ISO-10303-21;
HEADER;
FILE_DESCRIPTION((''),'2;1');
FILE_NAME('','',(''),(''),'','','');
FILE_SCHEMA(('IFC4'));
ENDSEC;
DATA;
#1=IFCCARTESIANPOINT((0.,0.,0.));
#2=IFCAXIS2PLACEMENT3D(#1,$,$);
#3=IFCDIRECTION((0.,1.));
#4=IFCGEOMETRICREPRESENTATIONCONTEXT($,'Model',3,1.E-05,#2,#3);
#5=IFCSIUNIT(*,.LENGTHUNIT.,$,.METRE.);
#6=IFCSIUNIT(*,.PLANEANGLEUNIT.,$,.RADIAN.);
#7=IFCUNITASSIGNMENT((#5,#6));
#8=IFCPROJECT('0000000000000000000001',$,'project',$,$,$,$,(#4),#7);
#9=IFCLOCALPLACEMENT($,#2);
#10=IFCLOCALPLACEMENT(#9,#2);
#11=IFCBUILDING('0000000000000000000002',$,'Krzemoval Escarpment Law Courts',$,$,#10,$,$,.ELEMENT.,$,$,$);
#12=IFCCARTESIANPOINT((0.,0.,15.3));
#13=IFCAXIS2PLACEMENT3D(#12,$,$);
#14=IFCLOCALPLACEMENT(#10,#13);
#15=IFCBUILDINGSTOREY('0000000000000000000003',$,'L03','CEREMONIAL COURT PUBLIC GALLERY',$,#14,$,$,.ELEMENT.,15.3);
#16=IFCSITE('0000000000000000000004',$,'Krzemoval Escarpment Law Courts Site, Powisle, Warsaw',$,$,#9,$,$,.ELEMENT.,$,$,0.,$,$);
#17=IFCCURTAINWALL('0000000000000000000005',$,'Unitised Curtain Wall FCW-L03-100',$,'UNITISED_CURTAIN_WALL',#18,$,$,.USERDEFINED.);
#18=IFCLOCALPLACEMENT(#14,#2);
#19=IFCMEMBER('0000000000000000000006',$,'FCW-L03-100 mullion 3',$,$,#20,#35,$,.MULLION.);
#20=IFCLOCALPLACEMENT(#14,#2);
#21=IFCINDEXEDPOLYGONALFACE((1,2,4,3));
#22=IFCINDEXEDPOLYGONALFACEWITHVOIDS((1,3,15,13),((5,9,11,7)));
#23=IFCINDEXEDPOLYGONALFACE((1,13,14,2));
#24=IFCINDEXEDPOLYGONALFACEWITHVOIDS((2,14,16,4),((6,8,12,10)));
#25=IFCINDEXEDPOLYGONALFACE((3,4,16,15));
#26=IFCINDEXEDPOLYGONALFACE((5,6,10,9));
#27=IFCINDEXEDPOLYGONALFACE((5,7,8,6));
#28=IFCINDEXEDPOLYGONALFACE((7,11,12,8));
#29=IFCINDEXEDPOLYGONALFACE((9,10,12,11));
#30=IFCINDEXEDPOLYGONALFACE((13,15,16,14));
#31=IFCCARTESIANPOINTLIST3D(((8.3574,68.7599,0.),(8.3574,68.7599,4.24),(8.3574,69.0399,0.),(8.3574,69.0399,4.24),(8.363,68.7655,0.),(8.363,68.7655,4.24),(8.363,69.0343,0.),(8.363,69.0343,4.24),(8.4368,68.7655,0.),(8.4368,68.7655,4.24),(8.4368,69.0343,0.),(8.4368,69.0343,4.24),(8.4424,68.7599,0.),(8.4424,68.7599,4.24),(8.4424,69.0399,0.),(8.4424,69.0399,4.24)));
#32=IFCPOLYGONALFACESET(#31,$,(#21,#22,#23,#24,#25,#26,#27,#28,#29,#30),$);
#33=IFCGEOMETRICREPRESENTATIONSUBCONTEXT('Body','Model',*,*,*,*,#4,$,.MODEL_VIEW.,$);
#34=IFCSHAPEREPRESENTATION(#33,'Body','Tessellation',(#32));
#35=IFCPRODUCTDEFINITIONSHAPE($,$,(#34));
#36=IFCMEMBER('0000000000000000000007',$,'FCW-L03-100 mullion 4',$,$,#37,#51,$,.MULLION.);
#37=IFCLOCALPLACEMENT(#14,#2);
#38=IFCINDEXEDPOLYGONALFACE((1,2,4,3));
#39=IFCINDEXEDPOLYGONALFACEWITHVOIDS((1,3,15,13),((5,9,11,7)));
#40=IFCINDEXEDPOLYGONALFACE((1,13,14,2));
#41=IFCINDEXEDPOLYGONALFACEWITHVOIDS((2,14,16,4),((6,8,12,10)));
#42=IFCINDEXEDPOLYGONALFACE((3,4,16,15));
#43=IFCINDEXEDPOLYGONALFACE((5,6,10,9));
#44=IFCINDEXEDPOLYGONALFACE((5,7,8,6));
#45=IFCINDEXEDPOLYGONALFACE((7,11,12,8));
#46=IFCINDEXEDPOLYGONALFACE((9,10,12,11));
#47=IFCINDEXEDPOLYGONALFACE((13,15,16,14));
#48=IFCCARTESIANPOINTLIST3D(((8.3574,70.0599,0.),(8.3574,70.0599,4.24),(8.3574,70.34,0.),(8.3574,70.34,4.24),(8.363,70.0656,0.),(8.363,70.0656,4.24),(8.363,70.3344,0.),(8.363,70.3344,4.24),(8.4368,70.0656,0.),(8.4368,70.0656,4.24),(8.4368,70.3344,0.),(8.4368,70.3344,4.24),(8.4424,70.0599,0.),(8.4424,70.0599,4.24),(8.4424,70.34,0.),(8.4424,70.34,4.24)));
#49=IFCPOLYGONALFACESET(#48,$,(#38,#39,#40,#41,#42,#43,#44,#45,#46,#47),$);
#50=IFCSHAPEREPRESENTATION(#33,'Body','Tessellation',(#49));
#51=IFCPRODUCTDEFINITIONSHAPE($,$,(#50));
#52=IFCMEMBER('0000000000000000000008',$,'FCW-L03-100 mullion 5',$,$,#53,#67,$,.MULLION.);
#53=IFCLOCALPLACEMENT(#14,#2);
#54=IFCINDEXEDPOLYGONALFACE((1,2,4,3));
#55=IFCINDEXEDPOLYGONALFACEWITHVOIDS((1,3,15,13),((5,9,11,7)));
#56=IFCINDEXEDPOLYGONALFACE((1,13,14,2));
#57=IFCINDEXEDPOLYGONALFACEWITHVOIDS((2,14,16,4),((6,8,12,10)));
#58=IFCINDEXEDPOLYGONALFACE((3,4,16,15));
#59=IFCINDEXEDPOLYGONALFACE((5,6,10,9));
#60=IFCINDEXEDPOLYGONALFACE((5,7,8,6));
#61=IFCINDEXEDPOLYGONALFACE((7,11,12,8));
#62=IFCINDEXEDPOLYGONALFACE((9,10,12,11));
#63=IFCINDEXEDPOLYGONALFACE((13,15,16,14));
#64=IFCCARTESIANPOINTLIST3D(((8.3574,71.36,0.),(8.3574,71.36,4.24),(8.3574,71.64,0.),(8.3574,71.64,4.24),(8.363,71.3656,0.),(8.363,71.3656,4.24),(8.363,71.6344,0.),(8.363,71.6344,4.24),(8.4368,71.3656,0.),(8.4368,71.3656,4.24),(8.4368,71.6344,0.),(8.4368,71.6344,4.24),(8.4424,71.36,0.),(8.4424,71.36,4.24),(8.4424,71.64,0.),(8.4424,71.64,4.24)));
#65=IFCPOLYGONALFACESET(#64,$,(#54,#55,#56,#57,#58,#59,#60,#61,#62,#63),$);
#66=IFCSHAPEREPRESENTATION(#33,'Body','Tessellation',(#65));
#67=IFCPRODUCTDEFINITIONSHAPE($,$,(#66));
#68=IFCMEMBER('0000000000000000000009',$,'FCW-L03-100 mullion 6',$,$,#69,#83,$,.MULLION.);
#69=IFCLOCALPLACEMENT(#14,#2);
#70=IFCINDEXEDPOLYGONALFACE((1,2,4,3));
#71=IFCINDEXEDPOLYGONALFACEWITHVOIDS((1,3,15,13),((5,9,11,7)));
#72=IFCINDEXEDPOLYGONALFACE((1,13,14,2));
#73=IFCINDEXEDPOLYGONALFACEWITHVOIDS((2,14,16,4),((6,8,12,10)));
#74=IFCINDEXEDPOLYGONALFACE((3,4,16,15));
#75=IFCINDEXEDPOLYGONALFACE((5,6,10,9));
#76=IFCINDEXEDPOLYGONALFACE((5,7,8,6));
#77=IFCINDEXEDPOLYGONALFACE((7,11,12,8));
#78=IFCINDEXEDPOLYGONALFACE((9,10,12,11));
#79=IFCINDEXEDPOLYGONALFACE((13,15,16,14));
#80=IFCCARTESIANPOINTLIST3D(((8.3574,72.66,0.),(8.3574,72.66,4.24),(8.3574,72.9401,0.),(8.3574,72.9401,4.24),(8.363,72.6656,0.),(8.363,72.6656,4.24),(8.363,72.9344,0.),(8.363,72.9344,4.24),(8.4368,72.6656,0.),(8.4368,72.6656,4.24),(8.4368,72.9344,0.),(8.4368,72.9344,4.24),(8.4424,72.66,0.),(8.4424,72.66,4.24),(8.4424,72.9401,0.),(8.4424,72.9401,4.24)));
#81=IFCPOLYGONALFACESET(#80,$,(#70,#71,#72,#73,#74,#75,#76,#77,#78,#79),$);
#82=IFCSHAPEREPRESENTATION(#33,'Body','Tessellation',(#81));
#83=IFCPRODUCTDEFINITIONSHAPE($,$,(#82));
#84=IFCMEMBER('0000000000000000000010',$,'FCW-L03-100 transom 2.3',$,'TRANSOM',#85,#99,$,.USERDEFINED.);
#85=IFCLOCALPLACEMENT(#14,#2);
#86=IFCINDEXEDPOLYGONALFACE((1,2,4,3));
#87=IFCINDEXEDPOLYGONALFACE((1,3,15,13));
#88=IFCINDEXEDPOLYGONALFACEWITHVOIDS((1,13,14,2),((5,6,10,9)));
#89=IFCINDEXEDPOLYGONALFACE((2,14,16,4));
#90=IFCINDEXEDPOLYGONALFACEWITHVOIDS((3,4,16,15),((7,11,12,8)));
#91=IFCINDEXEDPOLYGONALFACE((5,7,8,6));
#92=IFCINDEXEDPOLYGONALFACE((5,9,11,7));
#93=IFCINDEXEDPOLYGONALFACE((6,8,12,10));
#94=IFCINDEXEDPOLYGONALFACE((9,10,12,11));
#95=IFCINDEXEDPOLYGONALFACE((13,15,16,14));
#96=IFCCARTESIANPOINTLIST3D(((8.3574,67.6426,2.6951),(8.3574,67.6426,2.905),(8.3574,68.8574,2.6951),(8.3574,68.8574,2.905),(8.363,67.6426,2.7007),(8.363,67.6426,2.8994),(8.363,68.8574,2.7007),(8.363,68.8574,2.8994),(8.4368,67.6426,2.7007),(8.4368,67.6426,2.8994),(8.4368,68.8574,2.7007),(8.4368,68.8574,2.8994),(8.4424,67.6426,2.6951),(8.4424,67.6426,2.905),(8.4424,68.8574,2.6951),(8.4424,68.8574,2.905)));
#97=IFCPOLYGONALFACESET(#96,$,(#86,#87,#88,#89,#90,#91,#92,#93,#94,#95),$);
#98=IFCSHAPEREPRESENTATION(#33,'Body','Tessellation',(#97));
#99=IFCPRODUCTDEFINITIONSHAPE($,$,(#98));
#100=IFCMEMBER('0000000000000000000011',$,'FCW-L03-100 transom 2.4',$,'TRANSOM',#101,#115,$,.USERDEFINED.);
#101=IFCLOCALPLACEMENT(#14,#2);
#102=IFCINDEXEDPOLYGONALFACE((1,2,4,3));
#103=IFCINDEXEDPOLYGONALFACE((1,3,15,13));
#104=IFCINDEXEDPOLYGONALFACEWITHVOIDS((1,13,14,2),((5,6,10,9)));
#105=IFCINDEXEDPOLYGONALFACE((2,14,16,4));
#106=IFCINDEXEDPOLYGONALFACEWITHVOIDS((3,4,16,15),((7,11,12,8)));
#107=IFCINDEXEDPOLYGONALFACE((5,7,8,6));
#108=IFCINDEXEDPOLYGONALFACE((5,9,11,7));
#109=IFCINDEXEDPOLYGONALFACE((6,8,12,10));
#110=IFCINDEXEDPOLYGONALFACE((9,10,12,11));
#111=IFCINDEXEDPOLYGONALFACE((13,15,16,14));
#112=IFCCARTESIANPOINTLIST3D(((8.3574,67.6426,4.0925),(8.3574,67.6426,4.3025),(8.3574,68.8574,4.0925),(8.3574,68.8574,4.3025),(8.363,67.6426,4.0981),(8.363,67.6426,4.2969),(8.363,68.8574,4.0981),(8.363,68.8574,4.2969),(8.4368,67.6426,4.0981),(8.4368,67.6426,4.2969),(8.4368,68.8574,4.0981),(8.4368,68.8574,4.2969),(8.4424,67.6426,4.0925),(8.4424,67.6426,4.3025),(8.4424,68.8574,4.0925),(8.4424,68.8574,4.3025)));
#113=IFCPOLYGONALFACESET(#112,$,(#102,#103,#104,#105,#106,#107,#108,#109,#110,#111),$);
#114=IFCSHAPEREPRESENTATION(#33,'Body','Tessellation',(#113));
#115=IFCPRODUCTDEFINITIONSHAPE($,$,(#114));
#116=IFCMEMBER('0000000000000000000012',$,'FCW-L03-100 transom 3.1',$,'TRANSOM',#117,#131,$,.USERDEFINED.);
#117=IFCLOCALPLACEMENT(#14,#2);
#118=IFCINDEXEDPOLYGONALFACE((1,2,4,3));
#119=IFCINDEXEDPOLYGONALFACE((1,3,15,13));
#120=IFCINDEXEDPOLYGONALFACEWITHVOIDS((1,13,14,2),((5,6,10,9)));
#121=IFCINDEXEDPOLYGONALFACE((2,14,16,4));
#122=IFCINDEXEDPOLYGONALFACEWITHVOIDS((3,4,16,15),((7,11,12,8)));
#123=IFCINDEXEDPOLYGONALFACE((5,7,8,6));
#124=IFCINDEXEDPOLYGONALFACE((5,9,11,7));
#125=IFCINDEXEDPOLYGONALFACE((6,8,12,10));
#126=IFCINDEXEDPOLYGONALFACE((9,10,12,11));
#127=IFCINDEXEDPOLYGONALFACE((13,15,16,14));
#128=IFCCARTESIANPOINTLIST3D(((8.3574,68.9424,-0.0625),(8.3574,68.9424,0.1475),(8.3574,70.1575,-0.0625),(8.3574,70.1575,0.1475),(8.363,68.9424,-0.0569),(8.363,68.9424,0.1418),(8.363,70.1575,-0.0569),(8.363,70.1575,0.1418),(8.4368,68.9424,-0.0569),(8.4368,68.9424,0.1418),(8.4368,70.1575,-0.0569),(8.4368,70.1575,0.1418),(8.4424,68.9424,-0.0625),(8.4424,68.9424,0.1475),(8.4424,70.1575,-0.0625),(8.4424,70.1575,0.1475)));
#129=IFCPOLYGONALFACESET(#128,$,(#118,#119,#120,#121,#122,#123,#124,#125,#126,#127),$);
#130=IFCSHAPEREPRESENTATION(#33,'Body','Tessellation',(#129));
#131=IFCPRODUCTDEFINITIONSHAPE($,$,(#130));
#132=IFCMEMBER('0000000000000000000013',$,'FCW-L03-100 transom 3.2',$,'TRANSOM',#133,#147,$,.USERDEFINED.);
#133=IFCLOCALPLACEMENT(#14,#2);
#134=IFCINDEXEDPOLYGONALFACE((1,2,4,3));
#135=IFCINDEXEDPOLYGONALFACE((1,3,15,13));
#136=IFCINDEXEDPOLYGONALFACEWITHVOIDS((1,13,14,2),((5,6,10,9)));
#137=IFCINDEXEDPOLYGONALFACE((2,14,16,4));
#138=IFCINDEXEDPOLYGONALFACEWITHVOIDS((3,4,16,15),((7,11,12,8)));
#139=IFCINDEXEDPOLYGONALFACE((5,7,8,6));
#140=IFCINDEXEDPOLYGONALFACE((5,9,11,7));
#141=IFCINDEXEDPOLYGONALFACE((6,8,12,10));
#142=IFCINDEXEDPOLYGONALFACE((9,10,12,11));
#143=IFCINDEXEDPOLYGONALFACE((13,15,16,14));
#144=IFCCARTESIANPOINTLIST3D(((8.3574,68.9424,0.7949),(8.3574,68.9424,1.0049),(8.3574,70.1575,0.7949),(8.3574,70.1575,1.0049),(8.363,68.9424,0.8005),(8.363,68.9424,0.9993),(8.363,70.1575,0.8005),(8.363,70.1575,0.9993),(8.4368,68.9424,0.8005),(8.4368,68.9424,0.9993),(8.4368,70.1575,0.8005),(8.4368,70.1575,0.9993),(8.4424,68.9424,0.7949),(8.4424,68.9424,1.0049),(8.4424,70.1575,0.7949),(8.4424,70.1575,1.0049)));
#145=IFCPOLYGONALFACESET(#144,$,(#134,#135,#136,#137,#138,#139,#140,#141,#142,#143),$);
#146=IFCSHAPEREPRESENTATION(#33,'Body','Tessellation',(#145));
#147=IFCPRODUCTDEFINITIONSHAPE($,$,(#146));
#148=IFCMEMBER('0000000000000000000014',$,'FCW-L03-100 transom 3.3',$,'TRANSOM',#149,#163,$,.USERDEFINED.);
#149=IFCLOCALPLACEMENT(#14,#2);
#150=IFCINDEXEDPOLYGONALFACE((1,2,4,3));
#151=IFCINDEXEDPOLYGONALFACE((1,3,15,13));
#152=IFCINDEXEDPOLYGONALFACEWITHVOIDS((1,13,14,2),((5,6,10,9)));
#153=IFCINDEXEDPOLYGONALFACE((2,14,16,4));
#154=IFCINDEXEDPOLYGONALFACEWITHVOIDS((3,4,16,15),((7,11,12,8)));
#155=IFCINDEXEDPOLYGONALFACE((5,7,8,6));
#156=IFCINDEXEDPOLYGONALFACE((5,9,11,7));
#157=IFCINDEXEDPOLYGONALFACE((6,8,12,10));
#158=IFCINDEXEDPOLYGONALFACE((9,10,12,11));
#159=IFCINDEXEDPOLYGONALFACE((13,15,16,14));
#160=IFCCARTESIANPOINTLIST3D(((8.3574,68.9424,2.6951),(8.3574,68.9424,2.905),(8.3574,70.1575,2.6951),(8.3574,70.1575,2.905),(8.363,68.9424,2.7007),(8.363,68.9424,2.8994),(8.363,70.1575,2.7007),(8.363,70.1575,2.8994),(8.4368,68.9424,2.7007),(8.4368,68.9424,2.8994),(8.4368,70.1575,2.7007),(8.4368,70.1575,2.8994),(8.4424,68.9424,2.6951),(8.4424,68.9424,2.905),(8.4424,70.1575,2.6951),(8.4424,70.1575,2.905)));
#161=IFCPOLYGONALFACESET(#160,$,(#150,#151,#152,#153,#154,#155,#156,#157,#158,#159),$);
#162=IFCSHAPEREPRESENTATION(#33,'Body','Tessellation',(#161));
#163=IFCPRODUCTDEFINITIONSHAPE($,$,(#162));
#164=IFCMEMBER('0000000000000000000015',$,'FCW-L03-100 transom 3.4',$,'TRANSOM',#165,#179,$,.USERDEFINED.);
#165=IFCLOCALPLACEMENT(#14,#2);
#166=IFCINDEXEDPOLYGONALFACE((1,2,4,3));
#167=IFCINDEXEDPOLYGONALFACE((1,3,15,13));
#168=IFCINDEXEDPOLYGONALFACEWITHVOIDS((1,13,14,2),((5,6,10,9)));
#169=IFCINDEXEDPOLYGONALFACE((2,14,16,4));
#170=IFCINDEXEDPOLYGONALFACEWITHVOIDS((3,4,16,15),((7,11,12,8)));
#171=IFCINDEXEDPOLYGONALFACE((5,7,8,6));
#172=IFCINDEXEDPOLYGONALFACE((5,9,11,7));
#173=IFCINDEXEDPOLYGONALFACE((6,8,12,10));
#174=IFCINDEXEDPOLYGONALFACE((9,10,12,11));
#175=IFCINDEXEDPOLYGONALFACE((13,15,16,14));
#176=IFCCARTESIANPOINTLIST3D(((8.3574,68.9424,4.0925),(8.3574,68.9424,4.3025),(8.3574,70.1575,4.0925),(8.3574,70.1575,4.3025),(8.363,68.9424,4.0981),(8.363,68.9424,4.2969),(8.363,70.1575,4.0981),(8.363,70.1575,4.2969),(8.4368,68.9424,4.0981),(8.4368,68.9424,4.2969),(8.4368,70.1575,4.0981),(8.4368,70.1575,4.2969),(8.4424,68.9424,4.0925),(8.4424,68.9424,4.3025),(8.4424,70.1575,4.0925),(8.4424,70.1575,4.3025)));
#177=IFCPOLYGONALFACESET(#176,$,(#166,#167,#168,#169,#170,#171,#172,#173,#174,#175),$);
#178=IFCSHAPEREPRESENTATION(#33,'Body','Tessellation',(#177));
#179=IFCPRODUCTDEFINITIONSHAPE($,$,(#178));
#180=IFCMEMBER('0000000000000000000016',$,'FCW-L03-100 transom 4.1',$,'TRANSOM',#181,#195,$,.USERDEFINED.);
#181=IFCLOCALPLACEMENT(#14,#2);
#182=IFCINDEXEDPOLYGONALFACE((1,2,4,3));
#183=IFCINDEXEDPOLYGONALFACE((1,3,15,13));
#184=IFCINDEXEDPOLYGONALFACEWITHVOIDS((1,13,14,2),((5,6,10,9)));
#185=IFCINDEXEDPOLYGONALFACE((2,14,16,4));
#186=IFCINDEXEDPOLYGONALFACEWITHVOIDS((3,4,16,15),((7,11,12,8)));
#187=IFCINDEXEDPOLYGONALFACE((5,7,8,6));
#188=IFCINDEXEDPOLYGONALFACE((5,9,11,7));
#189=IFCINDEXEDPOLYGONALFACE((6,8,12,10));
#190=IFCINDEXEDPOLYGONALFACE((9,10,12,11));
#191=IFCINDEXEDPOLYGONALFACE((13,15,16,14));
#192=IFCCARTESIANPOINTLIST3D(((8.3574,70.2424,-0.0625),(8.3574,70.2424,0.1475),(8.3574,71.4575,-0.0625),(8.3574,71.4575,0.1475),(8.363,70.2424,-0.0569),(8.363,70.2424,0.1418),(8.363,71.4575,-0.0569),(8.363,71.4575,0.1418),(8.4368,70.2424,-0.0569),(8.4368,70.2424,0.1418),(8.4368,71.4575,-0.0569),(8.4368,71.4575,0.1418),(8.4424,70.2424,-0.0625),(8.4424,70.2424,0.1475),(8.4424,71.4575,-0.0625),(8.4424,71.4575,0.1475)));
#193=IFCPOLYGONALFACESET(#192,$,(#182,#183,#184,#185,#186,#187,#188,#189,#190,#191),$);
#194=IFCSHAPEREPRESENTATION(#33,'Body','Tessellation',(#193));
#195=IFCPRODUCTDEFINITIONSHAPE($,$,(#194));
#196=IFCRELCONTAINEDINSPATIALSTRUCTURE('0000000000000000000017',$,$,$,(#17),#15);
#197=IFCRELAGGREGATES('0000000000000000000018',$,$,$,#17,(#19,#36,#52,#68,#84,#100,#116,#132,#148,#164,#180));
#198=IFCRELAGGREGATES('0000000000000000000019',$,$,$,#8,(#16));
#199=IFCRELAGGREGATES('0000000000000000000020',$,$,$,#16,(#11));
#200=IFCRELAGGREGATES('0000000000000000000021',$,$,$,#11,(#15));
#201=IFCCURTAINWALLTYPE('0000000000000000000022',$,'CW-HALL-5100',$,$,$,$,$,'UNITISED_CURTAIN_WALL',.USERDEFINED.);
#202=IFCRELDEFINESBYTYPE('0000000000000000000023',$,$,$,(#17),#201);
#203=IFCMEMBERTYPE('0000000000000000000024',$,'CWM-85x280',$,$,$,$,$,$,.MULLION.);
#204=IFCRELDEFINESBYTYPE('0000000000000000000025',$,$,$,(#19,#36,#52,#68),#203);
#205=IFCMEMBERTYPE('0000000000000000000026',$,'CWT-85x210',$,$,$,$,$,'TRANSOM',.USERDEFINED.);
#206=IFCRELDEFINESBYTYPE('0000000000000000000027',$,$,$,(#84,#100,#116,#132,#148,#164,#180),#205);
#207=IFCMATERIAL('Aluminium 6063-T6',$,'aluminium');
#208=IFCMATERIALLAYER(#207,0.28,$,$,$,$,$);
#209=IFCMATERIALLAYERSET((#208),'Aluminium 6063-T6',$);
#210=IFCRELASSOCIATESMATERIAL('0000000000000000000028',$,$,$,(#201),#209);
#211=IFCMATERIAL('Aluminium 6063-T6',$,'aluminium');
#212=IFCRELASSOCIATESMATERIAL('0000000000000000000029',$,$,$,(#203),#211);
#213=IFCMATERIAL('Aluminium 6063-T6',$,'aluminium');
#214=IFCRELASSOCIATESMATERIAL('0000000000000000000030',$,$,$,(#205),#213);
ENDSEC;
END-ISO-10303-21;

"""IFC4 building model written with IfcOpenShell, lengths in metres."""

from ifc_helpers import new_model, si_unit, direction, frame, origin, origin_2d, place, context, subcontext, project, spatial, hollow_rectangle, extrude, material, layer, layer_set, material_profile, profile_set, type_object, element, aggregate, save


model = new_model("IFC4")

# Units and contexts
model_context = context("Model", 3, precision=1e-05, world=origin(), true_north=direction((0.0, 1.0)))
body_context = subcontext(model_context, "Body", "Model", "MODEL_VIEW")
ifc_project = project(units=[si_unit("LENGTHUNIT", "METRE"), si_unit("PLANEANGLEUNIT", "RADIAN")], contexts=[model_context])

# Site, building, storey
site_placement = place(None, origin())
site = spatial("IfcSite", under=ifc_project, at=site_placement, Name="Krzemoval Escarpment Law Courts Site, Powisle, Warsaw", CompositionType="ELEMENT", RefElevation=0.0)
building_placement = place(site_placement, origin())
building = spatial("IfcBuilding", under=site, at=building_placement, Name="Krzemoval Escarpment Law Courts", CompositionType="ELEMENT")
storey_placement = place(building_placement, frame((0.0, 0.0, 15.3)))
storey = spatial("IfcBuildingStorey", under=building, at=storey_placement, Name="L03", Description="CEREMONIAL COURT PUBLIC GALLERY", CompositionType="ELEMENT", Elevation=15.3)

# Curtain wall, members
ifc_material_1 = material(Name="Aluminium 6063-T6", Category="aluminium")
ifc_layer_1 = layer(ifc_material_1, 0.28)
ifc_layer_set_1 = layer_set([ifc_layer_1], Name="Aluminium 6063-T6")
curtain_wall_type = type_object("IfcCurtainWallType", Name="CW-HALL-5100", ElementType="UNITISED_CURTAIN_WALL", PredefinedType="USERDEFINED", material=ifc_layer_set_1)
curtain_wall_placement = place(storey_placement, origin())
curtain_wall = element("IfcCurtainWall", 1, at=curtain_wall_placement, inside=storey, type_object=curtain_wall_type, Name="Unitised Curtain Wall FCW-L03-100", ObjectType="UNITISED_CURTAIN_WALL", PredefinedType="USERDEFINED")
ifc_material_2 = material(Name="Aluminium 6063-T6", Category="aluminium")
ifc_material_profile_1 = material_profile(ifc_material_2, hollow_rectangle(XDim=0.085, YDim=0.28, WallThickness=0.0056, at=origin_2d()), Name="ALU M85x280")
ifc_profile_set_1 = profile_set([ifc_material_profile_1], Name="Aluminium 6063-T6")
member_type_1 = type_object("IfcMemberType", Name="CWM-85x280", PredefinedType="MULLION", material=ifc_profile_set_1)
member_1_placement = place(storey_placement, frame((8.3999, 68.8999, 0.0), z_axis=(0.0, 0.0, 1.0), x_axis=(-1.0, 0.0, 0.0)))
member_1 = element("IfcMember", 2, at=member_1_placement, type_object=member_type_1, Name="FCW-L03-100 mullion 3", PredefinedType="MULLION", context=body_context, shape_type="SweptSolid", body=[
    extrude(hollow_rectangle(XDim=0.085, YDim=0.28, WallThickness=0.0056, at=origin_2d()), origin(), (0.0, 0.0, 1.0), 4.24),
])
member_2_placement = place(storey_placement, frame((8.3999, 70.2, 0.0), z_axis=(0.0, 0.0, 1.0), x_axis=(-1.0, 0.0, 0.0)))
member_2 = element("IfcMember", 3, at=member_2_placement, type_object=member_type_1, Name="FCW-L03-100 mullion 4", PredefinedType="MULLION", context=body_context, shape_type="SweptSolid", body=[
    extrude(hollow_rectangle(XDim=0.085, YDim=0.28, WallThickness=0.0056, at=origin_2d()), origin(), (0.0, 0.0, 1.0), 4.24),
])
member_3_placement = place(storey_placement, frame((8.3999, 71.5, 0.0), z_axis=(0.0, 0.0, 1.0), x_axis=(-1.0, 0.0, 0.0)))
member_3 = element("IfcMember", 4, at=member_3_placement, type_object=member_type_1, Name="FCW-L03-100 mullion 5", PredefinedType="MULLION", context=body_context, shape_type="SweptSolid", body=[
    extrude(hollow_rectangle(XDim=0.085, YDim=0.28, WallThickness=0.0056, at=origin_2d()), origin(), (0.0, 0.0, 1.0), 4.24),
])
member_4_placement = place(storey_placement, frame((8.3999, 72.8, 0.0), z_axis=(0.0, 0.0, 1.0), x_axis=(-1.0, 0.0, 0.0)))
member_4 = element("IfcMember", 5, at=member_4_placement, type_object=member_type_1, Name="FCW-L03-100 mullion 6", PredefinedType="MULLION", context=body_context, shape_type="SweptSolid", body=[
    extrude(hollow_rectangle(XDim=0.085, YDim=0.28, WallThickness=0.0056, at=origin_2d()), origin(), (0.0, 0.0, 1.0), 4.24),
])
ifc_material_3 = material(Name="Aluminium 6063-T6", Category="aluminium")
ifc_material_profile_2 = material_profile(ifc_material_3, hollow_rectangle(XDim=0.085, YDim=0.21, WallThickness=0.0056, at=origin_2d()), Name="ALU T85x210")
ifc_profile_set_2 = profile_set([ifc_material_profile_2], Name="Aluminium 6063-T6")
member_type_2 = type_object("IfcMemberType", Name="CWT-85x210", ElementType="TRANSOM", PredefinedType="USERDEFINED", material=ifc_profile_set_2)
member_5_placement = place(storey_placement, frame((8.3999, 67.6426, 2.8), z_axis=(0.0, 1.0, 0.0), x_axis=(-1.0, 0.0, 0.0)))
member_5 = element("IfcMember", 6, at=member_5_placement, type_object=member_type_2, Name="FCW-L03-100 transom 2.3", ObjectType="TRANSOM", PredefinedType="USERDEFINED", context=body_context, shape_type="SweptSolid", body=[
    extrude(hollow_rectangle(XDim=0.085, YDim=0.21, WallThickness=0.0056, at=origin_2d()), origin(), (0.0, 0.0, 1.0), 1.2148),
])
member_6_placement = place(storey_placement, frame((8.3999, 67.6426, 4.1975), z_axis=(0.0, 1.0, 0.0), x_axis=(-1.0, 0.0, 0.0)))
member_6 = element("IfcMember", 7, at=member_6_placement, type_object=member_type_2, Name="FCW-L03-100 transom 2.4", ObjectType="TRANSOM", PredefinedType="USERDEFINED", context=body_context, shape_type="SweptSolid", body=[
    extrude(hollow_rectangle(XDim=0.085, YDim=0.21, WallThickness=0.0056, at=origin_2d()), origin(), (0.0, 0.0, 1.0), 1.2148),
])
member_7_placement = place(storey_placement, frame((8.3999, 68.9424, 0.0425), z_axis=(0.0, 1.0, 0.0), x_axis=(-1.0, 0.0, 0.0)))
member_7 = element("IfcMember", 8, at=member_7_placement, type_object=member_type_2, Name="FCW-L03-100 transom 3.1", ObjectType="TRANSOM", PredefinedType="USERDEFINED", context=body_context, shape_type="SweptSolid", body=[
    extrude(hollow_rectangle(XDim=0.085, YDim=0.21, WallThickness=0.0056, at=origin_2d()), origin(), (0.0, 0.0, 1.0), 1.2151),
])
member_8_placement = place(storey_placement, frame((8.3999, 68.9424, 0.8999), z_axis=(0.0, 1.0, 0.0), x_axis=(-1.0, 0.0, 0.0)))
member_8 = element("IfcMember", 9, at=member_8_placement, type_object=member_type_2, Name="FCW-L03-100 transom 3.2", ObjectType="TRANSOM", PredefinedType="USERDEFINED", context=body_context, shape_type="SweptSolid", body=[
    extrude(hollow_rectangle(XDim=0.085, YDim=0.21, WallThickness=0.0056, at=origin_2d()), origin(), (0.0, 0.0, 1.0), 1.2151),
])
member_9_placement = place(storey_placement, frame((8.3999, 68.9424, 2.8), z_axis=(0.0, 1.0, 0.0), x_axis=(-1.0, 0.0, 0.0)))
member_9 = element("IfcMember", 10, at=member_9_placement, type_object=member_type_2, Name="FCW-L03-100 transom 3.3", ObjectType="TRANSOM", PredefinedType="USERDEFINED", context=body_context, shape_type="SweptSolid", body=[
    extrude(hollow_rectangle(XDim=0.085, YDim=0.21, WallThickness=0.0056, at=origin_2d()), origin(), (0.0, 0.0, 1.0), 1.2151),
])
member_10_placement = place(storey_placement, frame((8.3999, 68.9424, 4.1975), z_axis=(0.0, 1.0, 0.0), x_axis=(-1.0, 0.0, 0.0)))
member_10 = element("IfcMember", 11, at=member_10_placement, type_object=member_type_2, Name="FCW-L03-100 transom 3.4", ObjectType="TRANSOM", PredefinedType="USERDEFINED", context=body_context, shape_type="SweptSolid", body=[
    extrude(hollow_rectangle(XDim=0.085, YDim=0.21, WallThickness=0.0056, at=origin_2d()), origin(), (0.0, 0.0, 1.0), 1.2151),
])
member_11_placement = place(storey_placement, frame((8.3999, 70.2424, 0.0425), z_axis=(0.0, 1.0, 0.0), x_axis=(-1.0, 0.0, 0.0)))
member_11 = element("IfcMember", 12, at=member_11_placement, type_object=member_type_2, Name="FCW-L03-100 transom 4.1", ObjectType="TRANSOM", PredefinedType="USERDEFINED", context=body_context, shape_type="SweptSolid", body=[
    extrude(hollow_rectangle(XDim=0.085, YDim=0.21, WallThickness=0.0056, at=origin_2d()), origin(), (0.0, 0.0, 1.0), 1.2151),
])

aggregate(curtain_wall, [member_1, member_2, member_3, member_4, member_5, member_6, member_7, member_8, member_9, member_10, member_11])

save(model, "model.ifc")
